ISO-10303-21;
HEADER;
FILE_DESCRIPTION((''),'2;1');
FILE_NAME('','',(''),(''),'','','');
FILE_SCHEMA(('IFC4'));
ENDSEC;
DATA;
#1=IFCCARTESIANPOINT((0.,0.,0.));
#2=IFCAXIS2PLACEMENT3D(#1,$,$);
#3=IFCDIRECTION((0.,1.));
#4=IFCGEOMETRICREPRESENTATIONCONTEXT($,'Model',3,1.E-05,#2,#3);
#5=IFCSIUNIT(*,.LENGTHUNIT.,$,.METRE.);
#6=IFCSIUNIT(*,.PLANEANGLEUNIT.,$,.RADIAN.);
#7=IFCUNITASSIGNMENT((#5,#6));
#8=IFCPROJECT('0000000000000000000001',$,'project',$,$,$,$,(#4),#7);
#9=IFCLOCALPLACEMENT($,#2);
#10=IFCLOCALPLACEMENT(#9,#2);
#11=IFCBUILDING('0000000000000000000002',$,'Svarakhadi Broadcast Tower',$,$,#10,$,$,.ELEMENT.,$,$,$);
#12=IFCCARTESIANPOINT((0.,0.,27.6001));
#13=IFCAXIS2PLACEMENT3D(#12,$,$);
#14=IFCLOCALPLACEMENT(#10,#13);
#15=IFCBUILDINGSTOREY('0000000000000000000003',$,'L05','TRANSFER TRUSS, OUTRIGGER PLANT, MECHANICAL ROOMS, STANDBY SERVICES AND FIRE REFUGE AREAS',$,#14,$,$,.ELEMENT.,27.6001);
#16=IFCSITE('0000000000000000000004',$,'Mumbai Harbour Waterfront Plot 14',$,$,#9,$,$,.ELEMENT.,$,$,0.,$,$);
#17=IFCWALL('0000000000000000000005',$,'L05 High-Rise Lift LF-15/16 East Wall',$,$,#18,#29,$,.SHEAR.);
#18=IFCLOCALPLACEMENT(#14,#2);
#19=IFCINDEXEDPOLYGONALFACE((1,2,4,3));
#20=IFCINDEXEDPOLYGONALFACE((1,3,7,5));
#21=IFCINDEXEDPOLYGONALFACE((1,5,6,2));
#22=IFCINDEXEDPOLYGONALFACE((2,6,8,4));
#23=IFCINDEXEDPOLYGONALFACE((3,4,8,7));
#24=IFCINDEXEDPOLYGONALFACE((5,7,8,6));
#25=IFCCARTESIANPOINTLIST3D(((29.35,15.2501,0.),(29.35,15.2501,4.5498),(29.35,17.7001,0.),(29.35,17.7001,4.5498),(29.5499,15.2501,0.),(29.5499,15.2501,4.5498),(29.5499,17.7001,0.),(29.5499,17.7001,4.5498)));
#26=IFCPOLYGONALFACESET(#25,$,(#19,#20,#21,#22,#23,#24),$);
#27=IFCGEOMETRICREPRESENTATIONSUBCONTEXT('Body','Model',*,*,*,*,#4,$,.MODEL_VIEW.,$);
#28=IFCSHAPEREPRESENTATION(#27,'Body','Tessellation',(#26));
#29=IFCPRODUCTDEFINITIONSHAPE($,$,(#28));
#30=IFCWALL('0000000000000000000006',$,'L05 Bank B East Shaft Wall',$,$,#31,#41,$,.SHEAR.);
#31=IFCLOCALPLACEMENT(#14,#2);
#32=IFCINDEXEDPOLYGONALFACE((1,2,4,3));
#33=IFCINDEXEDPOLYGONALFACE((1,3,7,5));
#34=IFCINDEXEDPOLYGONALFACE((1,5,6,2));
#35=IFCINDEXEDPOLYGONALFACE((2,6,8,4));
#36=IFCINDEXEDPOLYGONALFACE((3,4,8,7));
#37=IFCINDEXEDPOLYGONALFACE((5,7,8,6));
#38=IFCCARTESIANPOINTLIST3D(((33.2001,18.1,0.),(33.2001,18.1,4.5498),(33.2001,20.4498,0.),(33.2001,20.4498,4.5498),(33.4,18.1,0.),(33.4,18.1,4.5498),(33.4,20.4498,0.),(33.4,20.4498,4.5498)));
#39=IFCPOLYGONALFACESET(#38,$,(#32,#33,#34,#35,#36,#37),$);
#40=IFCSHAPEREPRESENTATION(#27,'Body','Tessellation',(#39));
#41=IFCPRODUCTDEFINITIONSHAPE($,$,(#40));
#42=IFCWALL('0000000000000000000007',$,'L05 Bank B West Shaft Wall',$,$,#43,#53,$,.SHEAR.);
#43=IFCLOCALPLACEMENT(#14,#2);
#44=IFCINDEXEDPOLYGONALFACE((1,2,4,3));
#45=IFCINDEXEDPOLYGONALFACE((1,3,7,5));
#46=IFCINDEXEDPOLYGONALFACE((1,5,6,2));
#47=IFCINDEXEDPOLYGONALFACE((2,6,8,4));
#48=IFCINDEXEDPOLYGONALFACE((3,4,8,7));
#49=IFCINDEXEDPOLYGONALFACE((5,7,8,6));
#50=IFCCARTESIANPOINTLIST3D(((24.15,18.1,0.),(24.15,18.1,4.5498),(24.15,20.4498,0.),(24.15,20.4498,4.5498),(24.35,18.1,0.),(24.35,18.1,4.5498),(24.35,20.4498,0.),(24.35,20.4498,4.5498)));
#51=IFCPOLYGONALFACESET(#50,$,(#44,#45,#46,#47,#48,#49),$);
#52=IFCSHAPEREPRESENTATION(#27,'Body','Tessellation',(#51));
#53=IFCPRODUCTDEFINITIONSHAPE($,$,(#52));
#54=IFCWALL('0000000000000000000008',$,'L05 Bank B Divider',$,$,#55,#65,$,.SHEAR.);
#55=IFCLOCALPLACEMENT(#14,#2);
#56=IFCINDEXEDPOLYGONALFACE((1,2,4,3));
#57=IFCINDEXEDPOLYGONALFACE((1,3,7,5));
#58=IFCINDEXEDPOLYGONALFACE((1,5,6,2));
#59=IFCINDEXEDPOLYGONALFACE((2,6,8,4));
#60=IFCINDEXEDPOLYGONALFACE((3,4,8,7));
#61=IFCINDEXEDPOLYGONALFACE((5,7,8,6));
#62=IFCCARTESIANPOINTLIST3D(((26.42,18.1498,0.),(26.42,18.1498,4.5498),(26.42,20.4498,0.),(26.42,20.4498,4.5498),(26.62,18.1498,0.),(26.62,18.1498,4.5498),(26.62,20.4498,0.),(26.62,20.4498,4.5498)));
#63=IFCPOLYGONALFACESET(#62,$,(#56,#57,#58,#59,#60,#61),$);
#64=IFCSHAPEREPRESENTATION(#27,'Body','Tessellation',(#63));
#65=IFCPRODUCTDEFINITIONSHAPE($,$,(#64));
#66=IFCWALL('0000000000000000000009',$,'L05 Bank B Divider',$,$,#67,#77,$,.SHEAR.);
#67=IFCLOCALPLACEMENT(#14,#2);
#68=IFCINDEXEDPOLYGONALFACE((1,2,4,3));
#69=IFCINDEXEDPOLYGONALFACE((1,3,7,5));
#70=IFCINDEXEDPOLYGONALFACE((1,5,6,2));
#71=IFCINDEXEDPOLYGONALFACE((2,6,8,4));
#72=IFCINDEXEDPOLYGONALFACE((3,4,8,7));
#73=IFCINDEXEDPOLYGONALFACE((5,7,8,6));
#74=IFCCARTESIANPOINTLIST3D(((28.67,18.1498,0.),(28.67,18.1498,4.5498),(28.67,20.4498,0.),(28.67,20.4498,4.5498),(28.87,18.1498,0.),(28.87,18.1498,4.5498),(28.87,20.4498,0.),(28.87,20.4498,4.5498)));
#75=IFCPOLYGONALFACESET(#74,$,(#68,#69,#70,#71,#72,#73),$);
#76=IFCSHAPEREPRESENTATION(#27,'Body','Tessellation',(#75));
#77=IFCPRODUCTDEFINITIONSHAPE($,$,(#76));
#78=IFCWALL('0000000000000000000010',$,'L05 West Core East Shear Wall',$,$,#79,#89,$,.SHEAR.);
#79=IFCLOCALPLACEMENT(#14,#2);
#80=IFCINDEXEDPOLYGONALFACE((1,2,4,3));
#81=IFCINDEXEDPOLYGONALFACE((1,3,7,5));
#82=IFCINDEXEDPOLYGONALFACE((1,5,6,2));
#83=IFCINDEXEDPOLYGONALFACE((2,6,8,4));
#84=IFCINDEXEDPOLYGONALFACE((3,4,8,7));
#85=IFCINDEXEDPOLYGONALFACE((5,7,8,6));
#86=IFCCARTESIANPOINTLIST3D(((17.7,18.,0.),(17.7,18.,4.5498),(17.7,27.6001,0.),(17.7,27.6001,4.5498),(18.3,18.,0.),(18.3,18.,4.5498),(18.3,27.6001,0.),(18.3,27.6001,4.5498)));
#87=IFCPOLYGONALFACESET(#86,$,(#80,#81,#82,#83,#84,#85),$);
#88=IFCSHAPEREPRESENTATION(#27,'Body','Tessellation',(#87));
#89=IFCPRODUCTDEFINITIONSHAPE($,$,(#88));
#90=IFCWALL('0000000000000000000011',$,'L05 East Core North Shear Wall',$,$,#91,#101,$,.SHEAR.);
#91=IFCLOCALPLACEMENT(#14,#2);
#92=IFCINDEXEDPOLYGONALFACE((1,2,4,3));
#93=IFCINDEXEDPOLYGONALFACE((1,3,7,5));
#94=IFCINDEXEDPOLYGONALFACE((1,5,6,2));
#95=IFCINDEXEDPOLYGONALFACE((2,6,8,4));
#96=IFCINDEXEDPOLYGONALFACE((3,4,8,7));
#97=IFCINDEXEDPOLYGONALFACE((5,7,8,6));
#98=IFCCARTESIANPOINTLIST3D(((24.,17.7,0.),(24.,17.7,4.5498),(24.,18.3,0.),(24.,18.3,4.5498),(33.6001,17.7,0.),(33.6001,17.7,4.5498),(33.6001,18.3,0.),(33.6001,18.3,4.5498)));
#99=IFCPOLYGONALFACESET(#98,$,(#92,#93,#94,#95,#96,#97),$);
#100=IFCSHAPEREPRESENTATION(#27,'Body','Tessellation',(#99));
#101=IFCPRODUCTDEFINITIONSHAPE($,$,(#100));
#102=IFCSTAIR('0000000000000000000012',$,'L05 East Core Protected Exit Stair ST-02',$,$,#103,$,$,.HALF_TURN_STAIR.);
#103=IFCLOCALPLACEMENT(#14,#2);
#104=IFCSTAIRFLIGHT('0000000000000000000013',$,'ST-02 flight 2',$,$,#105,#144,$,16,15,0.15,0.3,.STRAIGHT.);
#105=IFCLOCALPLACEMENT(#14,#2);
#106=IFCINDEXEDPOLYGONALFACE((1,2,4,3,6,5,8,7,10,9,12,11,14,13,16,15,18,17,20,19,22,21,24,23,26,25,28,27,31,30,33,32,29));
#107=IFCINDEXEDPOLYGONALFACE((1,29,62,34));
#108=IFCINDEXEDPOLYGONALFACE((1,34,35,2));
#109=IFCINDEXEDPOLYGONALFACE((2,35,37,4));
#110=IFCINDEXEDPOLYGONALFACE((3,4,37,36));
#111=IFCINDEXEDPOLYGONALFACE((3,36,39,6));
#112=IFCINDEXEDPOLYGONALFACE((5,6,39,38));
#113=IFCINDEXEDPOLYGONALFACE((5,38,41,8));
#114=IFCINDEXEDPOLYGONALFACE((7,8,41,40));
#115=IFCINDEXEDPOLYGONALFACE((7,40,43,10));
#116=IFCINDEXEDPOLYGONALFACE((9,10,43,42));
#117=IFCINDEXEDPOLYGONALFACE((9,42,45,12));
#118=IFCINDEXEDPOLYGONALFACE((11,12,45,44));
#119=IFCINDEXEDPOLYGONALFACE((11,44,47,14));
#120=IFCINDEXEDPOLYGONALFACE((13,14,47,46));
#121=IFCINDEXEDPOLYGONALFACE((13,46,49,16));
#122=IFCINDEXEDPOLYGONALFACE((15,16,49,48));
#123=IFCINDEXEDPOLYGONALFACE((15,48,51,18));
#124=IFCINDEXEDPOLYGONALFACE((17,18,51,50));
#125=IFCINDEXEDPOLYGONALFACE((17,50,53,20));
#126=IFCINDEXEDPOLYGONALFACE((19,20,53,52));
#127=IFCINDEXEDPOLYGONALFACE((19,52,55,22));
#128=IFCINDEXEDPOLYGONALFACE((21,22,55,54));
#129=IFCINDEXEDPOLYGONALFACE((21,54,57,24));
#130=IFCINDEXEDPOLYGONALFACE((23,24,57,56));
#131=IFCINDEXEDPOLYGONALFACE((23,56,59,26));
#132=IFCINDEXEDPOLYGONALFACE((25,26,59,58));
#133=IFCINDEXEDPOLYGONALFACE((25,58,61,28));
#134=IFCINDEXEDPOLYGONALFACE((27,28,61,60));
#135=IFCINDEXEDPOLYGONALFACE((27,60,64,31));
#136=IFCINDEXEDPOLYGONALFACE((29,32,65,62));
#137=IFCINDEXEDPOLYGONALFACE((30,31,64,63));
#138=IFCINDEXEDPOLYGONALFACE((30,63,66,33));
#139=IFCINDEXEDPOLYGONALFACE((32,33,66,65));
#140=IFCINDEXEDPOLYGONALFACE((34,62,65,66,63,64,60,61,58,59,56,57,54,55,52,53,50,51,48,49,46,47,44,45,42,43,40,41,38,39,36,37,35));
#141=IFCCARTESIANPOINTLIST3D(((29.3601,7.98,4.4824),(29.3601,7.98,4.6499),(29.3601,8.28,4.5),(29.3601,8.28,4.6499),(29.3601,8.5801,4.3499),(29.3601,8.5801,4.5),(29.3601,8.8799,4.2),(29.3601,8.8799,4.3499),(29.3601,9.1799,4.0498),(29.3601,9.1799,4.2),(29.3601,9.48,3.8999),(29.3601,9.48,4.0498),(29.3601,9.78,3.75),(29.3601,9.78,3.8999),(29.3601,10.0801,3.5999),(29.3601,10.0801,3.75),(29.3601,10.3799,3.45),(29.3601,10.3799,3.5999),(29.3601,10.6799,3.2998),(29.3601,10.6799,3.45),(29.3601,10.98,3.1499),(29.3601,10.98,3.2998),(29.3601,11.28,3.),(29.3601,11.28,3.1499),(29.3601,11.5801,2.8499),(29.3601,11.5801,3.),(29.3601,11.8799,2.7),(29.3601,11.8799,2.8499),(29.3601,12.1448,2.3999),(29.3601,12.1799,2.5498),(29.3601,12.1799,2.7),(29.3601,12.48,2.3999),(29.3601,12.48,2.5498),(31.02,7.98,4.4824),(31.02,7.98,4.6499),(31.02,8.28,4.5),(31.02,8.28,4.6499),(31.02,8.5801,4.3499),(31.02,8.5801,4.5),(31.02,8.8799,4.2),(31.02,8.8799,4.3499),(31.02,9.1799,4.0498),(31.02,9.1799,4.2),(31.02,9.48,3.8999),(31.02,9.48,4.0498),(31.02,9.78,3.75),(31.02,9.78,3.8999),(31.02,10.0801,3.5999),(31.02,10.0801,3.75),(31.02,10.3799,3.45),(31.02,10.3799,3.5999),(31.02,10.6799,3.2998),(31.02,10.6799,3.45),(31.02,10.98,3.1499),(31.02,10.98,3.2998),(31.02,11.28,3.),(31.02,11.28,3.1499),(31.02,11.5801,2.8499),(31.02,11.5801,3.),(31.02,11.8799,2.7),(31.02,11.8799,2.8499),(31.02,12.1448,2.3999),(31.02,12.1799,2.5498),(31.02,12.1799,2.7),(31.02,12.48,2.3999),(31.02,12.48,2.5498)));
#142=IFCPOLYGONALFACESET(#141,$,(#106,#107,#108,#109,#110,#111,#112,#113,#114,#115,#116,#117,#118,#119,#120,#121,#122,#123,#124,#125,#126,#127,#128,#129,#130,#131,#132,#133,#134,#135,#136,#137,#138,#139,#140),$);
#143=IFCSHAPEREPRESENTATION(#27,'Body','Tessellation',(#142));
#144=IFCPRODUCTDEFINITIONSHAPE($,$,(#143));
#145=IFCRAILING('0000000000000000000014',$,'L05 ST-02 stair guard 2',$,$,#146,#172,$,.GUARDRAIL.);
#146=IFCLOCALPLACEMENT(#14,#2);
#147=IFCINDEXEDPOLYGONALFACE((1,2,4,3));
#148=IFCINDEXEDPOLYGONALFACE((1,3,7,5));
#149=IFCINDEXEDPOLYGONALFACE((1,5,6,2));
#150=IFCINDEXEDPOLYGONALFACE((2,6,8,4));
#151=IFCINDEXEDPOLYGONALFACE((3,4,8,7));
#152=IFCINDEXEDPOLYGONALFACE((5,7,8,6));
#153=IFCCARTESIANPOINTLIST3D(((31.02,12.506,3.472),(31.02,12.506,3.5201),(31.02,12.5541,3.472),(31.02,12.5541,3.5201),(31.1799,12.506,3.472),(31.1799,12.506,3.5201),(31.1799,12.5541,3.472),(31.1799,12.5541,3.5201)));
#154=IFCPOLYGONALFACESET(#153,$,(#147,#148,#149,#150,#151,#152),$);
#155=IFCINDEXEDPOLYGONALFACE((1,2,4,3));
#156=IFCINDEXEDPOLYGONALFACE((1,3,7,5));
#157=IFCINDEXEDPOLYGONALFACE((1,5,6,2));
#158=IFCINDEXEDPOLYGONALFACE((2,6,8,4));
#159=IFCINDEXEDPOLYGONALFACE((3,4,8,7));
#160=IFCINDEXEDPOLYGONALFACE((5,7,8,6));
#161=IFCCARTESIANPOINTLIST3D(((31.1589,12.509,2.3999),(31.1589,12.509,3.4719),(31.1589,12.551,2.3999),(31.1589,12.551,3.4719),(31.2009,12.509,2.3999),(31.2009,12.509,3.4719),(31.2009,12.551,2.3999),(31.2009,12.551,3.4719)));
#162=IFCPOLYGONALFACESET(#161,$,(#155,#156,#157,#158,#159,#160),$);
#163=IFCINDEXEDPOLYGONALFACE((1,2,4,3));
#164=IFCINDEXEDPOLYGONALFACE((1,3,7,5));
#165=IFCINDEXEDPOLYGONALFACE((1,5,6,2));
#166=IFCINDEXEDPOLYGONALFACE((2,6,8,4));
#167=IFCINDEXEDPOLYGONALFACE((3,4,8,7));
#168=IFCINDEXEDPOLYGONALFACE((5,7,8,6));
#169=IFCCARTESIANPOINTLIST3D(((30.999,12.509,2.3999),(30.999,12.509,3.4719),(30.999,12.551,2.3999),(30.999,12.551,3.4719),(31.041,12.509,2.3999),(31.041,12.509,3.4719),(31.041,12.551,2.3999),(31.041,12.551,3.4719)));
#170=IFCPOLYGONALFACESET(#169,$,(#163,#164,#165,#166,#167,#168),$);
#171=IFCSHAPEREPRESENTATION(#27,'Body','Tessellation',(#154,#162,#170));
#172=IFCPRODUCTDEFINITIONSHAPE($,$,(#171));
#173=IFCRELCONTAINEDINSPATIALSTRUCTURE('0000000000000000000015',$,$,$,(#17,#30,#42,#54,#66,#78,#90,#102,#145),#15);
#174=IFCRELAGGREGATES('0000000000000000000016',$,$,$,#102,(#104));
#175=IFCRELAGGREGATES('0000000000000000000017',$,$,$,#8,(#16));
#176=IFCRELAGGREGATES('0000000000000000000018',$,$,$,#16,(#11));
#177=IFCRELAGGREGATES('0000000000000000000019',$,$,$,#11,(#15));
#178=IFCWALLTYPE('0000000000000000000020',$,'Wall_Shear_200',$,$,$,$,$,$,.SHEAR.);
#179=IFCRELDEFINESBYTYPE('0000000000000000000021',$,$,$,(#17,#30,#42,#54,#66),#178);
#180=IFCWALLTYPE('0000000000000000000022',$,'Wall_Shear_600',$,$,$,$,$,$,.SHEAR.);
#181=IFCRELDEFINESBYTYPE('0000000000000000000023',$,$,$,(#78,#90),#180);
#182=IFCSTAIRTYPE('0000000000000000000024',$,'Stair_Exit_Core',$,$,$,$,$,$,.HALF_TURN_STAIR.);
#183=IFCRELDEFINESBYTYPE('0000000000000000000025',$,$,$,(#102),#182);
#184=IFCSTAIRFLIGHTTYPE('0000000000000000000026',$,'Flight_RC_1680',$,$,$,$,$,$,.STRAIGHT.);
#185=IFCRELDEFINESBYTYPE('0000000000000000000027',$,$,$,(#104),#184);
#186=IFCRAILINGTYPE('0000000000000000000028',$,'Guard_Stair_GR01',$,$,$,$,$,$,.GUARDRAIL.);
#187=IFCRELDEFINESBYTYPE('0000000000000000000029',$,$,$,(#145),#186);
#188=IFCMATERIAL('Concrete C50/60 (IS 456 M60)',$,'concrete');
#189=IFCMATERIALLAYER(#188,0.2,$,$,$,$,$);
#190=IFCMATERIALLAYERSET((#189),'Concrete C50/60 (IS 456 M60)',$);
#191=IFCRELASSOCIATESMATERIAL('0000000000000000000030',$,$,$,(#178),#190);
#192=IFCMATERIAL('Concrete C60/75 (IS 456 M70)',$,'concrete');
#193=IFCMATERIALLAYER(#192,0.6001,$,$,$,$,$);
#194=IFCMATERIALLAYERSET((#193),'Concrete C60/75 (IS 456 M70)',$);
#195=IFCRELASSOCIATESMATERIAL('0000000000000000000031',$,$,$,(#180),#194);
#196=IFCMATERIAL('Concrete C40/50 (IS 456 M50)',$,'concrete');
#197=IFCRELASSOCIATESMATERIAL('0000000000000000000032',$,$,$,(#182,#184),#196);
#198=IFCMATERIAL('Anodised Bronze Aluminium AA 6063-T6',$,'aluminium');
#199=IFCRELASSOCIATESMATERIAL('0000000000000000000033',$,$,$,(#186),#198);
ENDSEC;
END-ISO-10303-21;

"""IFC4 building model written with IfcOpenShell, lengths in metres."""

from ifc_helpers import new_model, si_unit, direction, frame, frame_2d, origin, origin_2d, place, context, subcontext, project, spatial, polyline, rectangle, outline, extrude, material, layer, layer_set, type_object, element, aggregate, save


model = new_model("IFC4")

# Units and contexts
model_context = context("Model", 3, precision=1e-05, world=origin(), true_north=direction((0.0, 1.0)))
body_context = subcontext(model_context, "Body", "Model", "MODEL_VIEW")
ifc_project = project(units=[si_unit("LENGTHUNIT", "METRE"), si_unit("PLANEANGLEUNIT", "RADIAN")], contexts=[model_context])

# Site, building, storey
site_placement = place(None, origin())
site = spatial("IfcSite", under=ifc_project, at=site_placement, Name="Mumbai Harbour Waterfront Plot 14", CompositionType="ELEMENT", RefElevation=0.0)
building_placement = place(site_placement, origin())
building = spatial("IfcBuilding", under=site, at=building_placement, Name="Svarakhadi Broadcast Tower", CompositionType="ELEMENT")
storey_placement = place(building_placement, frame((0.0, 0.0, 27.6001)))
storey = spatial("IfcBuildingStorey", under=building, at=storey_placement, Name="L05", Description="TRANSFER TRUSS, OUTRIGGER PLANT, MECHANICAL ROOMS, STANDBY SERVICES AND FIRE REFUGE AREAS", CompositionType="ELEMENT", Elevation=27.6001)

# Shared definitions
ifc_material_1 = material(Name="Concrete C60/75 (IS 456 M70)", Category="concrete")

# Shared definitions
ifc_material_2 = material(Name="Concrete C40/50 (IS 456 M50)", Category="concrete")

# Shared definitions
ifc_material_3 = material(Name="Concrete C50/60 (IS 456 M60)", Category="concrete")
ifc_layer_1 = layer(ifc_material_3, 0.2)
ifc_layer_set_1 = layer_set([ifc_layer_1], Name="Concrete C50/60 (IS 456 M60)")
wall_type_1 = type_object("IfcWallType", Name="Wall_Shear_200", PredefinedType="SHEAR", material=ifc_layer_set_1)

# Walls
wall_1_placement = place(storey_placement, frame((29.45, 15.25, 0.0), z_axis=(0.0, 0.0, 1.0), x_axis=(0.0, 1.0, 0.0)))
element("IfcWall", 1, at=wall_1_placement, inside=storey, type_object=wall_type_1, Name="L05 High-Rise Lift LF-15/16 East Wall", PredefinedType="SHEAR", context=body_context, shape_type="SweptSolid", body=[
    extrude(rectangle(XDim=2.45, YDim=0.2, at=frame_2d((1.2251, 0.0))), origin(), (0.0, 0.0, 1.0), 4.5498),
])
for number, where, z_axis, x_axis, name in (
    (2, (33.3, 18.1001, 0.0), (0.0, 0.0, 1.0), (0.0, 1.0, 0.0), "L05 Bank B East Shaft Wall"),
    (3, (24.25, 18.1001, 0.0), (0.0, 0.0, 1.0), (0.0, 1.0, 0.0), "L05 Bank B West Shaft Wall"),
):
    element("IfcWall", number, at=place(storey_placement, frame(where, z_axis=z_axis, x_axis=x_axis)), inside=storey, type_object=wall_type_1, Name=name, PredefinedType="SHEAR", context=body_context, shape_type="SweptSolid", body=[
        extrude(rectangle(XDim=2.3499, YDim=0.2, at=frame_2d((1.1748, 0.0))), origin(), (0.0, 0.0, 1.0), 4.5498),
    ])
for number, where, z_axis, x_axis, name in (
    (4, (26.52, 18.1499, 0.0), (0.0, 0.0, 1.0), (0.0, 1.0, 0.0), "L05 Bank B Divider"),
    (5, (28.77, 18.1499, 0.0), (0.0, 0.0, 1.0), (0.0, 1.0, 0.0), "L05 Bank B Divider"),
):
    element("IfcWall", number, at=place(storey_placement, frame(where, z_axis=z_axis, x_axis=x_axis)), inside=storey, type_object=wall_type_1, Name=name, PredefinedType="SHEAR", context=body_context, shape_type="SweptSolid", body=[
        extrude(rectangle(XDim=2.3, YDim=0.2, at=frame_2d((1.1499, 0.0))), origin(), (0.0, 0.0, 1.0), 4.5498),
    ])
ifc_layer_2 = layer(ifc_material_1, 0.6001)
ifc_layer_set_2 = layer_set([ifc_layer_2], Name="Concrete C60/75 (IS 456 M70)")
wall_type_2 = type_object("IfcWallType", Name="Wall_Shear_600", PredefinedType="SHEAR", material=ifc_layer_set_2)
for number, where, z_axis, x_axis, name in (
    (6, (18.0, 18.0, 0.0), (0.0, 0.0, 1.0), (0.0, 1.0, 0.0), "L05 West Core East Shear Wall"),
    (7, (24.0, 18.0, 0.0), (0.0, 0.0, 1.0), (1.0, 0.0, 0.0), "L05 East Core North Shear Wall"),
):
    element("IfcWall", number, at=place(storey_placement, frame(where, z_axis=z_axis, x_axis=x_axis)), inside=storey, type_object=wall_type_2, Name=name, PredefinedType="SHEAR", context=body_context, shape_type="SweptSolid", body=[
        extrude(rectangle(XDim=9.6001, YDim=0.6001, at=frame_2d((4.8, 0.0))), origin(), (0.0, 0.0, 1.0), 4.5498),
    ])

# Stair, stair flight
stair_type = type_object("IfcStairType", Name="Stair_Exit_Core", PredefinedType="HALF_TURN_STAIR", material=ifc_material_2)
stair_placement = place(storey_placement, origin())
stair = element("IfcStair", 8, at=stair_placement, inside=storey, type_object=stair_type, Name="L05 East Core Protected Exit Stair ST-02", PredefinedType="HALF_TURN_STAIR")
stair_flight_type = type_object("IfcStairFlightType", Name="Flight_RC_1680", PredefinedType="STRAIGHT", material=ifc_material_2)
stair_flight_placement = place(storey_placement, frame((30.1899, 12.48, 2.3999), z_axis=(0.0, 0.0, 1.0), x_axis=(0.0, -1.0, 0.0)))
stair_flight = element("IfcStairFlight", 9, at=stair_flight_placement, type_object=stair_flight_type, Name="ST-02 flight 2", NumberOfRisers=16, NumberOfTreads=15, PredefinedType="STRAIGHT", RiserHeight=0.15, TreadLength=0.3, context=body_context, shape_type="SweptSolid", body=[
    extrude(outline(polyline([(0.0, 0.0), (0.0, 0.1499), (0.3, 0.1499), (0.3, 0.3), (0.6001, 0.3), (0.6001, 0.45), (0.8999, 0.45), (0.8999, 0.6001), (1.2, 0.6001), (1.2, 0.75), (1.5, 0.75), (1.5, 0.8999), (1.8, 0.8999), (1.8, 1.05), (2.1001, 1.05), (2.1001, 1.2), (2.3999, 1.2), (2.3999, 1.3501), (2.7, 1.3501), (2.7, 1.5), (3.0, 1.5), (3.0, 1.6499), (3.3, 1.6499), (3.3, 1.8), (3.6001, 1.8), (3.6001, 1.95), (3.8999, 1.95), (3.8999, 2.1001), (4.2, 2.1001), (4.2, 2.25), (4.5, 2.25), (4.5, 2.3999), (4.5, 2.0825), (0.3352, 0.0), (0.0, 0.0)])), frame((0.0, 0.8301, 0.0), z_axis=(0.0, -1.0, 0.0), x_axis=(1.0, 0.0, 0.0)), (0.0, 0.0, 1.0), 1.6599),
])
aggregate(stair, [stair_flight])

# Railing
ifc_material_4 = material(Name="Anodised Bronze Aluminium AA 6063-T6", Category="aluminium")
railing_type = type_object("IfcRailingType", Name="Guard_Stair_GR01", PredefinedType="GUARDRAIL", material=ifc_material_4)
railing_1_placement = place(storey_placement, frame((31.1799, 12.53, 2.3999)))
element("IfcRailing", 10, at=railing_1_placement, inside=storey, type_object=railing_type, Name="L05 ST-02 stair guard 2", PredefinedType="GUARDRAIL", context=body_context, shape_type="SweptSolid", body=[
    extrude(rectangle(XDim=0.0481, YDim=0.0481, at=origin_2d()), frame((0.0, 0.0, 1.0962), z_axis=(-1.0, 0.0, 0.0), x_axis=(0.0, -1.0, 0.0)), (0.0, 0.0, 1.0), 0.1599),
    extrude(rectangle(XDim=0.042, YDim=0.042, at=origin_2d()), origin(), (0.0, 0.0, 1.0), 1.072),
    extrude(rectangle(XDim=0.042, YDim=0.042, at=origin_2d()), frame((-0.1599, 0.0, 0.0)), (0.0, 0.0, 1.0), 1.072),
])

save(model, "model.ifc")
